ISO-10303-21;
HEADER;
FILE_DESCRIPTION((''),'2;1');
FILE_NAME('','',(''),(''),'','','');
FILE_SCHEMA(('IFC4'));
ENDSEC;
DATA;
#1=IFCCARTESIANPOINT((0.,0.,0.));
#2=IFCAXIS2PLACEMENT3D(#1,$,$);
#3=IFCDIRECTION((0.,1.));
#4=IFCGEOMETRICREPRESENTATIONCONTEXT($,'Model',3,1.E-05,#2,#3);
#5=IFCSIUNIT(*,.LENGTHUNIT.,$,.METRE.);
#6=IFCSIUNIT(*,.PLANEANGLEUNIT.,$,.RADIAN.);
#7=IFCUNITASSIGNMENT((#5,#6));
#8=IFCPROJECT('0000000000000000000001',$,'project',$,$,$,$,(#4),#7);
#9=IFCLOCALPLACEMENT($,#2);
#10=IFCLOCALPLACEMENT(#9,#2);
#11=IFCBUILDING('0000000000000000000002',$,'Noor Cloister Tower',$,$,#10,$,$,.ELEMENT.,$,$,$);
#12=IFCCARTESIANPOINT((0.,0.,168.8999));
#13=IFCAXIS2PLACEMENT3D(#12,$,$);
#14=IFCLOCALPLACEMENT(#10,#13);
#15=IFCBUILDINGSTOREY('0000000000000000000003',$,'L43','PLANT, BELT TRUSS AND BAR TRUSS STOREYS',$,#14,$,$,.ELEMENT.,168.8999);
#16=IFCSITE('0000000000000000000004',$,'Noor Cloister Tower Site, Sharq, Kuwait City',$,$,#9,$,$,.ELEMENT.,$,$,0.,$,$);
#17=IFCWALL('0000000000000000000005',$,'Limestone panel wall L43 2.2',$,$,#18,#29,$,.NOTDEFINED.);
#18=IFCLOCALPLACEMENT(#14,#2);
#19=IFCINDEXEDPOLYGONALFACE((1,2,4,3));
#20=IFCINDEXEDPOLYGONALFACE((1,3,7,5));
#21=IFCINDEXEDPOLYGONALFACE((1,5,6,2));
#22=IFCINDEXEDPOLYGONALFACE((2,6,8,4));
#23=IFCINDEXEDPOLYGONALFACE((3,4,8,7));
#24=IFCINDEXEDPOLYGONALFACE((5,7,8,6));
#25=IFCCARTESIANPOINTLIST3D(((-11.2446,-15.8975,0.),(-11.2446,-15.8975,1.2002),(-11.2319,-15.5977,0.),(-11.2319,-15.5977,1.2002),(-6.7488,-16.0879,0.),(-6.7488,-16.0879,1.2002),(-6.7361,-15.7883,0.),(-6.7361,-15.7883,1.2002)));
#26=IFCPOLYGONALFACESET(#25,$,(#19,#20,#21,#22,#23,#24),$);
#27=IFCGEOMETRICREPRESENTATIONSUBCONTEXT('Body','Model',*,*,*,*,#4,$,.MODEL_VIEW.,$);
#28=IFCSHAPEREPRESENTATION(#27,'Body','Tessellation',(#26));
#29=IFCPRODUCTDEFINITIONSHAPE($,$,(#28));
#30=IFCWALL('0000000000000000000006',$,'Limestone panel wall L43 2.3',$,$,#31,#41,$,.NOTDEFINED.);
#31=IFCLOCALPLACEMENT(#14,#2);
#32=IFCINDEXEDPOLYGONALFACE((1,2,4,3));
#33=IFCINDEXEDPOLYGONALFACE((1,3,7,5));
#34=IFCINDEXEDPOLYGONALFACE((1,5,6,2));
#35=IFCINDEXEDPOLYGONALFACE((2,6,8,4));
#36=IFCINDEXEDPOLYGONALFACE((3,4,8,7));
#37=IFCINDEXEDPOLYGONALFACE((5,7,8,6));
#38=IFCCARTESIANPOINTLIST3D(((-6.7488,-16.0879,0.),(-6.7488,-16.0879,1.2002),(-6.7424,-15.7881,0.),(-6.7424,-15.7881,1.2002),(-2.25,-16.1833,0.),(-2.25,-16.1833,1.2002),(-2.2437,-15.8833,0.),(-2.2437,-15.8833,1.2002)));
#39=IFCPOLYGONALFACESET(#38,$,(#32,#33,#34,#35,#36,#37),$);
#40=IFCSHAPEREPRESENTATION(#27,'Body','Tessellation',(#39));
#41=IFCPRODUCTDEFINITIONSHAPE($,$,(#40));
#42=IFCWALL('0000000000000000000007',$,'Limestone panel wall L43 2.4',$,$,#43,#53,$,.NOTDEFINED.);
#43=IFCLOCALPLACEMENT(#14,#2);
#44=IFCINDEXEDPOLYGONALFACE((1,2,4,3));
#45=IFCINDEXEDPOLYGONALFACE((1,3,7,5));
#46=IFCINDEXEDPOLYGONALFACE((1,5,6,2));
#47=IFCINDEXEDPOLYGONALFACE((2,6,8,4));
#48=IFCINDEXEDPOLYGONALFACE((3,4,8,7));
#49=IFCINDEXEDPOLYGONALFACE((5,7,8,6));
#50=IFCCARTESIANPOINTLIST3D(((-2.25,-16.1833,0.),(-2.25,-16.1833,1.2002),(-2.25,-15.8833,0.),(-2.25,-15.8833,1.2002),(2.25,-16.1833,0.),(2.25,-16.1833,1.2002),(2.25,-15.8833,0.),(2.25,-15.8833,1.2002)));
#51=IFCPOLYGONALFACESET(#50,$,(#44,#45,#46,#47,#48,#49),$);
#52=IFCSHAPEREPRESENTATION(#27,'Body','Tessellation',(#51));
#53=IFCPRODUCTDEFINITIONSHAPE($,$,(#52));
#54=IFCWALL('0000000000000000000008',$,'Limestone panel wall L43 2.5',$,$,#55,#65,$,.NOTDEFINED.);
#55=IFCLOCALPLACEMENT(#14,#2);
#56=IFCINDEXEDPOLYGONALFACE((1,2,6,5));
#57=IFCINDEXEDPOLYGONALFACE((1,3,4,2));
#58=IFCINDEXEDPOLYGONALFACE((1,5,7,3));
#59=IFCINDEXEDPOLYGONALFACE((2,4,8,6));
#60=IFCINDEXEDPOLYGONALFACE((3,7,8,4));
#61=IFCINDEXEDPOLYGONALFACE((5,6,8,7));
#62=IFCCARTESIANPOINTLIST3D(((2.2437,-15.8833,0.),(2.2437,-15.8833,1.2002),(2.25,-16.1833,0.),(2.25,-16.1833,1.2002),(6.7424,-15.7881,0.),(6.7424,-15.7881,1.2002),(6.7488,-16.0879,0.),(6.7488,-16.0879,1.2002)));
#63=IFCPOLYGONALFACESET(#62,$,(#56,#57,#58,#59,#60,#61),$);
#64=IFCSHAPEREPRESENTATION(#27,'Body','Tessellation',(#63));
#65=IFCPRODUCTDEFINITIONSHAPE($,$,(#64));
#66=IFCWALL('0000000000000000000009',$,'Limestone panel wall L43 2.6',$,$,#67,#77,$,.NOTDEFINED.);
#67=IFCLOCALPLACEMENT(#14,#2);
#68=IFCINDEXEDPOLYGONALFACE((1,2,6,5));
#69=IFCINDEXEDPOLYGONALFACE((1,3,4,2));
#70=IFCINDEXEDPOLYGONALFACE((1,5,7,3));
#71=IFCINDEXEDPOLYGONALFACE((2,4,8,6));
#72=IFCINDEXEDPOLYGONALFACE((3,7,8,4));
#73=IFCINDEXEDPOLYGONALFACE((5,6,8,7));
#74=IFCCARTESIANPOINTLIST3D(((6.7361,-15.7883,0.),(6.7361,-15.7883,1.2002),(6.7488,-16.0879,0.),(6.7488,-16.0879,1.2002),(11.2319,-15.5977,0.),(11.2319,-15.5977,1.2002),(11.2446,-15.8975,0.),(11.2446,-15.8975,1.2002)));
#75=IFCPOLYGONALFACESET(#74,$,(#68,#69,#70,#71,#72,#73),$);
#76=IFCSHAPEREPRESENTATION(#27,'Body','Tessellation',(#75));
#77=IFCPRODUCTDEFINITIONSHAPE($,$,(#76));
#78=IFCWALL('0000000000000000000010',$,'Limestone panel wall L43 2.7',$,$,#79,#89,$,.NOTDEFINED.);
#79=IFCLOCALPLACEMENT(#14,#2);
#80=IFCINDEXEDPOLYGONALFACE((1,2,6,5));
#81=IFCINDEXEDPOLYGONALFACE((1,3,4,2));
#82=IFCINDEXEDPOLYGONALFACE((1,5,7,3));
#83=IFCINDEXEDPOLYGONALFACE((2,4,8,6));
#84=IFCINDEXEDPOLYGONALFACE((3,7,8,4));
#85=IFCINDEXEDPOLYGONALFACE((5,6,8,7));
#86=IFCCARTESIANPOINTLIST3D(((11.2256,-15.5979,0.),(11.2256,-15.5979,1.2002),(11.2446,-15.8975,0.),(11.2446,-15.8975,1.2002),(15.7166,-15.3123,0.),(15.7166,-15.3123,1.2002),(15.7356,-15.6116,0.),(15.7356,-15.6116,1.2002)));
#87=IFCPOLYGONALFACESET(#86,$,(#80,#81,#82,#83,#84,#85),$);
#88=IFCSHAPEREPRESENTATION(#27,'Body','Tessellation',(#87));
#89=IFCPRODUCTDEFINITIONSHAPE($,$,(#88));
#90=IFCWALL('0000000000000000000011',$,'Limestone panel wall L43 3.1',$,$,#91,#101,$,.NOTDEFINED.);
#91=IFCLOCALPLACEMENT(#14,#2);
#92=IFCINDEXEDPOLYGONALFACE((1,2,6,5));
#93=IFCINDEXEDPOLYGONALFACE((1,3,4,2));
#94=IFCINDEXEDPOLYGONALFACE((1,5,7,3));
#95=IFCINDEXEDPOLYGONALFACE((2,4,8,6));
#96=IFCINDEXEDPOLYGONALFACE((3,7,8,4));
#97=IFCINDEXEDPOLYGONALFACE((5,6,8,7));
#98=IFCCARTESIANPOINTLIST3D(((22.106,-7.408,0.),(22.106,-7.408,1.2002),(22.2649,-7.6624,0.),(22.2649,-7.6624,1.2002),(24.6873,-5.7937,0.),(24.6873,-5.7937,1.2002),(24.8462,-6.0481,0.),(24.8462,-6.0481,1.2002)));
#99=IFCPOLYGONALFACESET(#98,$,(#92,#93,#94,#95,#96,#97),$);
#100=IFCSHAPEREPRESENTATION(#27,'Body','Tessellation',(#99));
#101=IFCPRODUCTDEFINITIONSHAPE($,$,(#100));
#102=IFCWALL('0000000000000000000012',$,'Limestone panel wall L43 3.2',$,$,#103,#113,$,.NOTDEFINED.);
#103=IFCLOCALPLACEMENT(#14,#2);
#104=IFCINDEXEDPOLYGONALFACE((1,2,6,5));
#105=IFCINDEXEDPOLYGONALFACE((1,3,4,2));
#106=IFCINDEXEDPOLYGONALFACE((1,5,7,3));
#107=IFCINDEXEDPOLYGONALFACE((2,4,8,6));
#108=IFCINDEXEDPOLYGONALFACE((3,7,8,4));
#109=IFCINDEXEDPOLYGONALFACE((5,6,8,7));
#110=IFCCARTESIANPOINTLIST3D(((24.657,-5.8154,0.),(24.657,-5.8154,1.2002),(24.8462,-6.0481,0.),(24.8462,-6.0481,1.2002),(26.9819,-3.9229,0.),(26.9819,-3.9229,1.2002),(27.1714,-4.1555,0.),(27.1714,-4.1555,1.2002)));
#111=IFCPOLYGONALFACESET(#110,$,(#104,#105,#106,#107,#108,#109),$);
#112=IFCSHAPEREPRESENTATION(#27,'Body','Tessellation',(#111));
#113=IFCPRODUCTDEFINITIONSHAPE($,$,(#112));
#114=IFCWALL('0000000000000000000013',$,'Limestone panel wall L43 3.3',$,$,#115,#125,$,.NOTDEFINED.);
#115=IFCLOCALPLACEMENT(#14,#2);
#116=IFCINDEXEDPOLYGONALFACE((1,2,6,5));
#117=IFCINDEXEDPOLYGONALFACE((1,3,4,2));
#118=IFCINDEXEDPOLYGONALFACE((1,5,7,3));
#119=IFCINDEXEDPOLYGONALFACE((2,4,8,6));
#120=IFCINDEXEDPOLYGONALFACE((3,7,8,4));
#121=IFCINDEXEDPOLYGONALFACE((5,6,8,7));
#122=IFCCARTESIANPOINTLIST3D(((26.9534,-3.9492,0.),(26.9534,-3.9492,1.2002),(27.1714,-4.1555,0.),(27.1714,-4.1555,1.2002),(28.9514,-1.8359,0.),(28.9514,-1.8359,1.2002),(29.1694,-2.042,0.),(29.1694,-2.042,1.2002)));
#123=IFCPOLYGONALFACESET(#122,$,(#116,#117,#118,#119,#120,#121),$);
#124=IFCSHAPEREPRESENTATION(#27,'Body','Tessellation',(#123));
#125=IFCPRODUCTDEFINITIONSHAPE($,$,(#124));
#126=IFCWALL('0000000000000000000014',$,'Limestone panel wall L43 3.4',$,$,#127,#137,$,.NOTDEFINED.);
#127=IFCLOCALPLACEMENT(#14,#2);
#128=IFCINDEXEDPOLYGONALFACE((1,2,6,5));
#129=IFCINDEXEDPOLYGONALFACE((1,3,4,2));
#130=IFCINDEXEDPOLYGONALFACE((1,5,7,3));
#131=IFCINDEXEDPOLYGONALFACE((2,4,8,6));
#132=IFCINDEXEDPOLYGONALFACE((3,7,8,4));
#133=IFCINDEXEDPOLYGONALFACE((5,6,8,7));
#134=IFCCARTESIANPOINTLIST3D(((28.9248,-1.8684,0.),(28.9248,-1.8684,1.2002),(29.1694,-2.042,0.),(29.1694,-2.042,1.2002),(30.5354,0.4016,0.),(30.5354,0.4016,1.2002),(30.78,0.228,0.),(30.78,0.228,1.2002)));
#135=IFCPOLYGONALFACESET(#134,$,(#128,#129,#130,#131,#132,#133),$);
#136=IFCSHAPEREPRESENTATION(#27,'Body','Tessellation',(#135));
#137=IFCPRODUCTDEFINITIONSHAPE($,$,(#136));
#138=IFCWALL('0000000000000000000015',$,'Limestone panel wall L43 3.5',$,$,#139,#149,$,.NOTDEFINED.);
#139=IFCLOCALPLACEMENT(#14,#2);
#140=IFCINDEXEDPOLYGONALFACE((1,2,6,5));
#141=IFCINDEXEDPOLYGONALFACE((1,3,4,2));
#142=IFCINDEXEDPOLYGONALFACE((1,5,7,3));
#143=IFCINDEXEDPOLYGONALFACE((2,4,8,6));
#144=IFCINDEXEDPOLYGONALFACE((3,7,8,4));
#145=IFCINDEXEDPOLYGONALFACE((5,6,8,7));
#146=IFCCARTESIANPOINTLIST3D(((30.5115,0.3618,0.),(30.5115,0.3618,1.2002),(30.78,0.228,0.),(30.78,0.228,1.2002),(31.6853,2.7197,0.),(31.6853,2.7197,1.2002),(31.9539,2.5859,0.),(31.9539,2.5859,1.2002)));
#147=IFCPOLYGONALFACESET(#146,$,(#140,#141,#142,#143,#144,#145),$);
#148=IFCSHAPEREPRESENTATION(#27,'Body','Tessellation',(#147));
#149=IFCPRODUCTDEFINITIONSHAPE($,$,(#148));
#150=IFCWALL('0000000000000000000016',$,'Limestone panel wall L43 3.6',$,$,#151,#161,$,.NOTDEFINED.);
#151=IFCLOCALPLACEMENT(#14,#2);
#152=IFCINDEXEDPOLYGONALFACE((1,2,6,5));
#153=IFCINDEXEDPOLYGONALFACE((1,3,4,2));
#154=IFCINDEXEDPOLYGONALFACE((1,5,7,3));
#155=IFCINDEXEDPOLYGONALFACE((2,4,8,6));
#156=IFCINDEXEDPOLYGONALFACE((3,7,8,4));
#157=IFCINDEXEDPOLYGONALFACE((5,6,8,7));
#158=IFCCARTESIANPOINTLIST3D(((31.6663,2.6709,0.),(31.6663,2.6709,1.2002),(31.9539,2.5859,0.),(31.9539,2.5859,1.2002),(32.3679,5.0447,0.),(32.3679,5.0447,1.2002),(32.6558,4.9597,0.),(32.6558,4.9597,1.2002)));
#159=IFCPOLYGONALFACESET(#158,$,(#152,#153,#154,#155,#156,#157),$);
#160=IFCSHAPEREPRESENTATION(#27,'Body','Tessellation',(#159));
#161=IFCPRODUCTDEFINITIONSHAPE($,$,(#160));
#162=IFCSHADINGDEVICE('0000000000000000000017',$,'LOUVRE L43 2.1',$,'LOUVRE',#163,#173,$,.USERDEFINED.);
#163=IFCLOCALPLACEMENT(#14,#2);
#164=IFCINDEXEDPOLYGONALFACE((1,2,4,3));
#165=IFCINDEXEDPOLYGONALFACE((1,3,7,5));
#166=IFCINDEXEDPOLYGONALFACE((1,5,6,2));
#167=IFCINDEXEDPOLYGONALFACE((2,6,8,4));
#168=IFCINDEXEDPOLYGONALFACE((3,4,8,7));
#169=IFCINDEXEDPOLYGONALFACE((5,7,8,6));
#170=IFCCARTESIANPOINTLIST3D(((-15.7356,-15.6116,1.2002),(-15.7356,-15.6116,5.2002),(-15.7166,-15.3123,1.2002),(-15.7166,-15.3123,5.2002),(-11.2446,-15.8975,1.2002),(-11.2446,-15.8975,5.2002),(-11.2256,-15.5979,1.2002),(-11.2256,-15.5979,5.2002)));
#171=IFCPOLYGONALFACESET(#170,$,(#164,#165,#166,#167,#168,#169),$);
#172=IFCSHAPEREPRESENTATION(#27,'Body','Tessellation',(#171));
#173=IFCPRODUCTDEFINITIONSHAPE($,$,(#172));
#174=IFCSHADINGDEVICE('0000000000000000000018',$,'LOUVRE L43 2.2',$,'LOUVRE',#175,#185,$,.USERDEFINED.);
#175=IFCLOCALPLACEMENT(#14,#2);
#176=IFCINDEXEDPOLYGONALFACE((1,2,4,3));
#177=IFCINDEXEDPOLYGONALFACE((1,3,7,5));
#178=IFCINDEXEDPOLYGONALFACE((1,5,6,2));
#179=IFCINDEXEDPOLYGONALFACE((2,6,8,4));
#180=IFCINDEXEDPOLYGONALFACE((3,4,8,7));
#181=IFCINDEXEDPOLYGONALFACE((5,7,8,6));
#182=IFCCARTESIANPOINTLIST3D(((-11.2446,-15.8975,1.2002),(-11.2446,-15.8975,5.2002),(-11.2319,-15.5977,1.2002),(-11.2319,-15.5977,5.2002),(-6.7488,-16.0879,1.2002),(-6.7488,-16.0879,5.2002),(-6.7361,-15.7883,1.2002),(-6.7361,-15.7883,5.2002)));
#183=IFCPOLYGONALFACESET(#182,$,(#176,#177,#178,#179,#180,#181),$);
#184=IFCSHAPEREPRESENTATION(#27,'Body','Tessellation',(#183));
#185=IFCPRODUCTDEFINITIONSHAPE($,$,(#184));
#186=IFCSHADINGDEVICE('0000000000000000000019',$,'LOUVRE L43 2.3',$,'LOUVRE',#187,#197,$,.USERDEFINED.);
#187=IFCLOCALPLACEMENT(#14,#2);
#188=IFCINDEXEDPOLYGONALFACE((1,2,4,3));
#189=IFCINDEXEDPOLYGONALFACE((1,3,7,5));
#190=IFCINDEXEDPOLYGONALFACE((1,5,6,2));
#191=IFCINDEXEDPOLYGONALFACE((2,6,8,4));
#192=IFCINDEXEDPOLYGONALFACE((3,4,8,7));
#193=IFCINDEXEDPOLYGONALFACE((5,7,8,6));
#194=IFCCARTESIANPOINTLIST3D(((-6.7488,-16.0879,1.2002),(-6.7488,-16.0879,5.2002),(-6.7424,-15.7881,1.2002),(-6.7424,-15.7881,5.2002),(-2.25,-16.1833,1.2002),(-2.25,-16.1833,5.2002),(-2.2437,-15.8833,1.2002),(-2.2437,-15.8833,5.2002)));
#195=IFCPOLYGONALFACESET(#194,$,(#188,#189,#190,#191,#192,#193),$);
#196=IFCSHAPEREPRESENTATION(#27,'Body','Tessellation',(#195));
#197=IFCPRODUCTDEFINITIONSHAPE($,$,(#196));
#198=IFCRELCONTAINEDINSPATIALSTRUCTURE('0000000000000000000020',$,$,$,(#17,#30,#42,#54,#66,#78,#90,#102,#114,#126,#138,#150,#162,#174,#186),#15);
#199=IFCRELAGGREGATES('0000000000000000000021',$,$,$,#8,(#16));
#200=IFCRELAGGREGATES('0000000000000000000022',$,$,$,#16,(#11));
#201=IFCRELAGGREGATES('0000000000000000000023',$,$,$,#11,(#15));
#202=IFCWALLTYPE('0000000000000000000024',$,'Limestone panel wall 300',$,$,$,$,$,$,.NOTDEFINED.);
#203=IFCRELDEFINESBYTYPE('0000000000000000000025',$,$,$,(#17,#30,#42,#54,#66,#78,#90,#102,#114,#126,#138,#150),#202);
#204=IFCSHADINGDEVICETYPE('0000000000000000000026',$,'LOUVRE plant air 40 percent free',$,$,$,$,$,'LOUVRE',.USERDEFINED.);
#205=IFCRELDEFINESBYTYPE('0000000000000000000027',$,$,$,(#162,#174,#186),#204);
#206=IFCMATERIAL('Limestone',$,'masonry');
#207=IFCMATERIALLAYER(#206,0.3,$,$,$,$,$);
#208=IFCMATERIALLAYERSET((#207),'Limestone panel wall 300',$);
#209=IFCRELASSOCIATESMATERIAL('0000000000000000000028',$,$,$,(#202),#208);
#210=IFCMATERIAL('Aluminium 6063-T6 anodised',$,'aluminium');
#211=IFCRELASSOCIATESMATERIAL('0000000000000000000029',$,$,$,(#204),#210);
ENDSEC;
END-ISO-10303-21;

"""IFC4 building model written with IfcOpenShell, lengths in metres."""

from ifc_helpers import new_model, si_unit, direction, frame, origin, place, context, subcontext, project, spatial, polyline, outline, extrude, material, layer, layer_set, type_object, element, save


model = new_model("IFC4")

# Units and contexts
model_context = context("Model", 3, precision=1e-05, world=origin(), true_north=direction((0.0, 1.0)))
body_context = subcontext(model_context, "Body", "Model", "MODEL_VIEW")
ifc_project = project(units=[si_unit("LENGTHUNIT", "METRE"), si_unit("PLANEANGLEUNIT", "RADIAN")], contexts=[model_context])

# Site, building, storey
site_placement = place(None, origin())
site = spatial("IfcSite", under=ifc_project, at=site_placement, Name="Noor Cloister Tower Site, Sharq, Kuwait City", CompositionType="ELEMENT", RefElevation=0.0)
building_placement = place(site_placement, origin())
building = spatial("IfcBuilding", under=site, at=building_placement, Name="Noor Cloister Tower", CompositionType="ELEMENT")
storey_placement = place(building_placement, frame((0.0, 0.0, 168.8999)))
storey = spatial("IfcBuildingStorey", under=building, at=storey_placement, Name="L43", Description="PLANT, BELT TRUSS AND BAR TRUSS STOREYS", CompositionType="ELEMENT", Elevation=168.8999)

# Walls
ifc_material_1 = material(Name="Limestone", Category="masonry")
ifc_layer = layer(ifc_material_1, 0.3)
ifc_layer_set = layer_set([ifc_layer], Name="Limestone panel wall 300")
wall_type = type_object("IfcWallType", Name="Limestone panel wall 300", PredefinedType="NOTDEFINED", material=ifc_layer_set)
wall_1_placement = place(storey_placement, origin())
element("IfcWall", 1, at=wall_1_placement, inside=storey, type_object=wall_type, Name="Limestone panel wall L43 2.2", PredefinedType="NOTDEFINED", context=body_context, shape_type="SweptSolid", body=[
    extrude(outline(polyline([(-11.2446, -15.8975), (-6.7488, -16.0879), (-6.7361, -15.7883), (-11.2319, -15.5977), (-11.2446, -15.8975)])), origin(), (0.0, 0.0, 1.0), 1.2002),
])
wall_2_placement = place(storey_placement, origin())
element("IfcWall", 2, at=wall_2_placement, inside=storey, type_object=wall_type, Name="Limestone panel wall L43 2.3", PredefinedType="NOTDEFINED", context=body_context, shape_type="SweptSolid", body=[
    extrude(outline(polyline([(-6.7488, -16.0879), (-2.25, -16.1833), (-2.2437, -15.8833), (-6.7424, -15.7881), (-6.7488, -16.0879)])), origin(), (0.0, 0.0, 1.0), 1.2002),
])
wall_3_placement = place(storey_placement, origin())
element("IfcWall", 3, at=wall_3_placement, inside=storey, type_object=wall_type, Name="Limestone panel wall L43 2.4", PredefinedType="NOTDEFINED", context=body_context, shape_type="SweptSolid", body=[
    extrude(outline(polyline([(-2.25, -16.1833), (2.25, -16.1833), (2.25, -15.8833), (-2.25, -15.8833), (-2.25, -16.1833)])), origin(), (0.0, 0.0, 1.0), 1.2002),
])
wall_4_placement = place(storey_placement, origin())
element("IfcWall", 4, at=wall_4_placement, inside=storey, type_object=wall_type, Name="Limestone panel wall L43 2.5", PredefinedType="NOTDEFINED", context=body_context, shape_type="SweptSolid", body=[
    extrude(outline(polyline([(2.25, -16.1833), (6.7488, -16.0879), (6.7424, -15.7881), (2.2437, -15.8833), (2.25, -16.1833)])), origin(), (0.0, 0.0, 1.0), 1.2002),
])
wall_5_placement = place(storey_placement, origin())
element("IfcWall", 5, at=wall_5_placement, inside=storey, type_object=wall_type, Name="Limestone panel wall L43 2.6", PredefinedType="NOTDEFINED", context=body_context, shape_type="SweptSolid", body=[
    extrude(outline(polyline([(6.7488, -16.0879), (11.2446, -15.8975), (11.2319, -15.5977), (6.7361, -15.7883), (6.7488, -16.0879)])), origin(), (0.0, 0.0, 1.0), 1.2002),
])
wall_6_placement = place(storey_placement, origin())
element("IfcWall", 6, at=wall_6_placement, inside=storey, type_object=wall_type, Name="Limestone panel wall L43 2.7", PredefinedType="NOTDEFINED", context=body_context, shape_type="SweptSolid", body=[
    extrude(outline(polyline([(11.2446, -15.8975), (15.7356, -15.6116), (15.7166, -15.3123), (11.2256, -15.5979), (11.2446, -15.8975)])), origin(), (0.0, 0.0, 1.0), 1.2002),
])
wall_7_placement = place(storey_placement, origin())
element("IfcWall", 7, at=wall_7_placement, inside=storey, type_object=wall_type, Name="Limestone panel wall L43 3.1", PredefinedType="NOTDEFINED", context=body_context, shape_type="SweptSolid", body=[
    extrude(outline(polyline([(22.2649, -7.6624), (24.8462, -6.0481), (24.6873, -5.7937), (22.106, -7.408), (22.2649, -7.6624)])), origin(), (0.0, 0.0, 1.0), 1.2002),
])
wall_8_placement = place(storey_placement, origin())
element("IfcWall", 8, at=wall_8_placement, inside=storey, type_object=wall_type, Name="Limestone panel wall L43 3.2", PredefinedType="NOTDEFINED", context=body_context, shape_type="SweptSolid", body=[
    extrude(outline(polyline([(24.8462, -6.0481), (27.1714, -4.1555), (26.9819, -3.9229), (24.657, -5.8154), (24.8462, -6.0481)])), origin(), (0.0, 0.0, 1.0), 1.2002),
])
wall_9_placement = place(storey_placement, origin())
element("IfcWall", 9, at=wall_9_placement, inside=storey, type_object=wall_type, Name="Limestone panel wall L43 3.3", PredefinedType="NOTDEFINED", context=body_context, shape_type="SweptSolid", body=[
    extrude(outline(polyline([(27.1714, -4.1555), (29.1694, -2.042), (28.9514, -1.8359), (26.9534, -3.9492), (27.1714, -4.1555)])), origin(), (0.0, 0.0, 1.0), 1.2002),
])
wall_10_placement = place(storey_placement, origin())
element("IfcWall", 10, at=wall_10_placement, inside=storey, type_object=wall_type, Name="Limestone panel wall L43 3.4", PredefinedType="NOTDEFINED", context=body_context, shape_type="SweptSolid", body=[
    extrude(outline(polyline([(29.1694, -2.042), (30.78, 0.228), (30.5354, 0.4016), (28.9248, -1.8684), (29.1694, -2.042)])), origin(), (0.0, 0.0, 1.0), 1.2002),
])
wall_11_placement = place(storey_placement, origin())
element("IfcWall", 11, at=wall_11_placement, inside=storey, type_object=wall_type, Name="Limestone panel wall L43 3.5", PredefinedType="NOTDEFINED", context=body_context, shape_type="SweptSolid", body=[
    extrude(outline(polyline([(30.78, 0.228), (31.9539, 2.5859), (31.6853, 2.7197), (30.5115, 0.3618), (30.78, 0.228)])), origin(), (0.0, 0.0, 1.0), 1.2002),
])
wall_12_placement = place(storey_placement, origin())
element("IfcWall", 12, at=wall_12_placement, inside=storey, type_object=wall_type, Name="Limestone panel wall L43 3.6", PredefinedType="NOTDEFINED", context=body_context, shape_type="SweptSolid", body=[
    extrude(outline(polyline([(31.9539, 2.5859), (32.6558, 4.9597), (32.3679, 5.0447), (31.6663, 2.6709), (31.9539, 2.5859)])), origin(), (0.0, 0.0, 1.0), 1.2002),
])

# Shading devices
ifc_material_2 = material(Name="Aluminium 6063-T6 anodised", Category="aluminium")
shading_device_type = type_object("IfcShadingDeviceType", Name="LOUVRE plant air 40 percent free", ElementType="LOUVRE", PredefinedType="USERDEFINED", material=ifc_material_2)
shading_device_1_placement = place(storey_placement, frame((0.0, 0.0, 1.2002)))
element("IfcShadingDevice", 13, at=shading_device_1_placement, inside=storey, type_object=shading_device_type, Name="LOUVRE L43 2.1", ObjectType="LOUVRE", PredefinedType="USERDEFINED", context=body_context, shape_type="SweptSolid", body=[
    extrude(outline(polyline([(-15.7356, -15.6116), (-11.2446, -15.8975), (-11.2256, -15.5979), (-15.7166, -15.3123), (-15.7356, -15.6116)])), origin(), (0.0, 0.0, 1.0), 4.0),
])
shading_device_2_placement = place(storey_placement, frame((0.0, 0.0, 1.2002)))
element("IfcShadingDevice", 14, at=shading_device_2_placement, inside=storey, type_object=shading_device_type, Name="LOUVRE L43 2.2", ObjectType="LOUVRE", PredefinedType="USERDEFINED", context=body_context, shape_type="SweptSolid", body=[
    extrude(outline(polyline([(-11.2446, -15.8975), (-6.7488, -16.0879), (-6.7361, -15.7883), (-11.2319, -15.5977), (-11.2446, -15.8975)])), origin(), (0.0, 0.0, 1.0), 4.0),
])
shading_device_3_placement = place(storey_placement, frame((0.0, 0.0, 1.2002)))
element("IfcShadingDevice", 15, at=shading_device_3_placement, inside=storey, type_object=shading_device_type, Name="LOUVRE L43 2.3", ObjectType="LOUVRE", PredefinedType="USERDEFINED", context=body_context, shape_type="SweptSolid", body=[
    extrude(outline(polyline([(-6.7488, -16.0879), (-2.25, -16.1833), (-2.2437, -15.8833), (-6.7424, -15.7881), (-6.7488, -16.0879)])), origin(), (0.0, 0.0, 1.0), 4.0),
])

save(model, "model.ifc")
